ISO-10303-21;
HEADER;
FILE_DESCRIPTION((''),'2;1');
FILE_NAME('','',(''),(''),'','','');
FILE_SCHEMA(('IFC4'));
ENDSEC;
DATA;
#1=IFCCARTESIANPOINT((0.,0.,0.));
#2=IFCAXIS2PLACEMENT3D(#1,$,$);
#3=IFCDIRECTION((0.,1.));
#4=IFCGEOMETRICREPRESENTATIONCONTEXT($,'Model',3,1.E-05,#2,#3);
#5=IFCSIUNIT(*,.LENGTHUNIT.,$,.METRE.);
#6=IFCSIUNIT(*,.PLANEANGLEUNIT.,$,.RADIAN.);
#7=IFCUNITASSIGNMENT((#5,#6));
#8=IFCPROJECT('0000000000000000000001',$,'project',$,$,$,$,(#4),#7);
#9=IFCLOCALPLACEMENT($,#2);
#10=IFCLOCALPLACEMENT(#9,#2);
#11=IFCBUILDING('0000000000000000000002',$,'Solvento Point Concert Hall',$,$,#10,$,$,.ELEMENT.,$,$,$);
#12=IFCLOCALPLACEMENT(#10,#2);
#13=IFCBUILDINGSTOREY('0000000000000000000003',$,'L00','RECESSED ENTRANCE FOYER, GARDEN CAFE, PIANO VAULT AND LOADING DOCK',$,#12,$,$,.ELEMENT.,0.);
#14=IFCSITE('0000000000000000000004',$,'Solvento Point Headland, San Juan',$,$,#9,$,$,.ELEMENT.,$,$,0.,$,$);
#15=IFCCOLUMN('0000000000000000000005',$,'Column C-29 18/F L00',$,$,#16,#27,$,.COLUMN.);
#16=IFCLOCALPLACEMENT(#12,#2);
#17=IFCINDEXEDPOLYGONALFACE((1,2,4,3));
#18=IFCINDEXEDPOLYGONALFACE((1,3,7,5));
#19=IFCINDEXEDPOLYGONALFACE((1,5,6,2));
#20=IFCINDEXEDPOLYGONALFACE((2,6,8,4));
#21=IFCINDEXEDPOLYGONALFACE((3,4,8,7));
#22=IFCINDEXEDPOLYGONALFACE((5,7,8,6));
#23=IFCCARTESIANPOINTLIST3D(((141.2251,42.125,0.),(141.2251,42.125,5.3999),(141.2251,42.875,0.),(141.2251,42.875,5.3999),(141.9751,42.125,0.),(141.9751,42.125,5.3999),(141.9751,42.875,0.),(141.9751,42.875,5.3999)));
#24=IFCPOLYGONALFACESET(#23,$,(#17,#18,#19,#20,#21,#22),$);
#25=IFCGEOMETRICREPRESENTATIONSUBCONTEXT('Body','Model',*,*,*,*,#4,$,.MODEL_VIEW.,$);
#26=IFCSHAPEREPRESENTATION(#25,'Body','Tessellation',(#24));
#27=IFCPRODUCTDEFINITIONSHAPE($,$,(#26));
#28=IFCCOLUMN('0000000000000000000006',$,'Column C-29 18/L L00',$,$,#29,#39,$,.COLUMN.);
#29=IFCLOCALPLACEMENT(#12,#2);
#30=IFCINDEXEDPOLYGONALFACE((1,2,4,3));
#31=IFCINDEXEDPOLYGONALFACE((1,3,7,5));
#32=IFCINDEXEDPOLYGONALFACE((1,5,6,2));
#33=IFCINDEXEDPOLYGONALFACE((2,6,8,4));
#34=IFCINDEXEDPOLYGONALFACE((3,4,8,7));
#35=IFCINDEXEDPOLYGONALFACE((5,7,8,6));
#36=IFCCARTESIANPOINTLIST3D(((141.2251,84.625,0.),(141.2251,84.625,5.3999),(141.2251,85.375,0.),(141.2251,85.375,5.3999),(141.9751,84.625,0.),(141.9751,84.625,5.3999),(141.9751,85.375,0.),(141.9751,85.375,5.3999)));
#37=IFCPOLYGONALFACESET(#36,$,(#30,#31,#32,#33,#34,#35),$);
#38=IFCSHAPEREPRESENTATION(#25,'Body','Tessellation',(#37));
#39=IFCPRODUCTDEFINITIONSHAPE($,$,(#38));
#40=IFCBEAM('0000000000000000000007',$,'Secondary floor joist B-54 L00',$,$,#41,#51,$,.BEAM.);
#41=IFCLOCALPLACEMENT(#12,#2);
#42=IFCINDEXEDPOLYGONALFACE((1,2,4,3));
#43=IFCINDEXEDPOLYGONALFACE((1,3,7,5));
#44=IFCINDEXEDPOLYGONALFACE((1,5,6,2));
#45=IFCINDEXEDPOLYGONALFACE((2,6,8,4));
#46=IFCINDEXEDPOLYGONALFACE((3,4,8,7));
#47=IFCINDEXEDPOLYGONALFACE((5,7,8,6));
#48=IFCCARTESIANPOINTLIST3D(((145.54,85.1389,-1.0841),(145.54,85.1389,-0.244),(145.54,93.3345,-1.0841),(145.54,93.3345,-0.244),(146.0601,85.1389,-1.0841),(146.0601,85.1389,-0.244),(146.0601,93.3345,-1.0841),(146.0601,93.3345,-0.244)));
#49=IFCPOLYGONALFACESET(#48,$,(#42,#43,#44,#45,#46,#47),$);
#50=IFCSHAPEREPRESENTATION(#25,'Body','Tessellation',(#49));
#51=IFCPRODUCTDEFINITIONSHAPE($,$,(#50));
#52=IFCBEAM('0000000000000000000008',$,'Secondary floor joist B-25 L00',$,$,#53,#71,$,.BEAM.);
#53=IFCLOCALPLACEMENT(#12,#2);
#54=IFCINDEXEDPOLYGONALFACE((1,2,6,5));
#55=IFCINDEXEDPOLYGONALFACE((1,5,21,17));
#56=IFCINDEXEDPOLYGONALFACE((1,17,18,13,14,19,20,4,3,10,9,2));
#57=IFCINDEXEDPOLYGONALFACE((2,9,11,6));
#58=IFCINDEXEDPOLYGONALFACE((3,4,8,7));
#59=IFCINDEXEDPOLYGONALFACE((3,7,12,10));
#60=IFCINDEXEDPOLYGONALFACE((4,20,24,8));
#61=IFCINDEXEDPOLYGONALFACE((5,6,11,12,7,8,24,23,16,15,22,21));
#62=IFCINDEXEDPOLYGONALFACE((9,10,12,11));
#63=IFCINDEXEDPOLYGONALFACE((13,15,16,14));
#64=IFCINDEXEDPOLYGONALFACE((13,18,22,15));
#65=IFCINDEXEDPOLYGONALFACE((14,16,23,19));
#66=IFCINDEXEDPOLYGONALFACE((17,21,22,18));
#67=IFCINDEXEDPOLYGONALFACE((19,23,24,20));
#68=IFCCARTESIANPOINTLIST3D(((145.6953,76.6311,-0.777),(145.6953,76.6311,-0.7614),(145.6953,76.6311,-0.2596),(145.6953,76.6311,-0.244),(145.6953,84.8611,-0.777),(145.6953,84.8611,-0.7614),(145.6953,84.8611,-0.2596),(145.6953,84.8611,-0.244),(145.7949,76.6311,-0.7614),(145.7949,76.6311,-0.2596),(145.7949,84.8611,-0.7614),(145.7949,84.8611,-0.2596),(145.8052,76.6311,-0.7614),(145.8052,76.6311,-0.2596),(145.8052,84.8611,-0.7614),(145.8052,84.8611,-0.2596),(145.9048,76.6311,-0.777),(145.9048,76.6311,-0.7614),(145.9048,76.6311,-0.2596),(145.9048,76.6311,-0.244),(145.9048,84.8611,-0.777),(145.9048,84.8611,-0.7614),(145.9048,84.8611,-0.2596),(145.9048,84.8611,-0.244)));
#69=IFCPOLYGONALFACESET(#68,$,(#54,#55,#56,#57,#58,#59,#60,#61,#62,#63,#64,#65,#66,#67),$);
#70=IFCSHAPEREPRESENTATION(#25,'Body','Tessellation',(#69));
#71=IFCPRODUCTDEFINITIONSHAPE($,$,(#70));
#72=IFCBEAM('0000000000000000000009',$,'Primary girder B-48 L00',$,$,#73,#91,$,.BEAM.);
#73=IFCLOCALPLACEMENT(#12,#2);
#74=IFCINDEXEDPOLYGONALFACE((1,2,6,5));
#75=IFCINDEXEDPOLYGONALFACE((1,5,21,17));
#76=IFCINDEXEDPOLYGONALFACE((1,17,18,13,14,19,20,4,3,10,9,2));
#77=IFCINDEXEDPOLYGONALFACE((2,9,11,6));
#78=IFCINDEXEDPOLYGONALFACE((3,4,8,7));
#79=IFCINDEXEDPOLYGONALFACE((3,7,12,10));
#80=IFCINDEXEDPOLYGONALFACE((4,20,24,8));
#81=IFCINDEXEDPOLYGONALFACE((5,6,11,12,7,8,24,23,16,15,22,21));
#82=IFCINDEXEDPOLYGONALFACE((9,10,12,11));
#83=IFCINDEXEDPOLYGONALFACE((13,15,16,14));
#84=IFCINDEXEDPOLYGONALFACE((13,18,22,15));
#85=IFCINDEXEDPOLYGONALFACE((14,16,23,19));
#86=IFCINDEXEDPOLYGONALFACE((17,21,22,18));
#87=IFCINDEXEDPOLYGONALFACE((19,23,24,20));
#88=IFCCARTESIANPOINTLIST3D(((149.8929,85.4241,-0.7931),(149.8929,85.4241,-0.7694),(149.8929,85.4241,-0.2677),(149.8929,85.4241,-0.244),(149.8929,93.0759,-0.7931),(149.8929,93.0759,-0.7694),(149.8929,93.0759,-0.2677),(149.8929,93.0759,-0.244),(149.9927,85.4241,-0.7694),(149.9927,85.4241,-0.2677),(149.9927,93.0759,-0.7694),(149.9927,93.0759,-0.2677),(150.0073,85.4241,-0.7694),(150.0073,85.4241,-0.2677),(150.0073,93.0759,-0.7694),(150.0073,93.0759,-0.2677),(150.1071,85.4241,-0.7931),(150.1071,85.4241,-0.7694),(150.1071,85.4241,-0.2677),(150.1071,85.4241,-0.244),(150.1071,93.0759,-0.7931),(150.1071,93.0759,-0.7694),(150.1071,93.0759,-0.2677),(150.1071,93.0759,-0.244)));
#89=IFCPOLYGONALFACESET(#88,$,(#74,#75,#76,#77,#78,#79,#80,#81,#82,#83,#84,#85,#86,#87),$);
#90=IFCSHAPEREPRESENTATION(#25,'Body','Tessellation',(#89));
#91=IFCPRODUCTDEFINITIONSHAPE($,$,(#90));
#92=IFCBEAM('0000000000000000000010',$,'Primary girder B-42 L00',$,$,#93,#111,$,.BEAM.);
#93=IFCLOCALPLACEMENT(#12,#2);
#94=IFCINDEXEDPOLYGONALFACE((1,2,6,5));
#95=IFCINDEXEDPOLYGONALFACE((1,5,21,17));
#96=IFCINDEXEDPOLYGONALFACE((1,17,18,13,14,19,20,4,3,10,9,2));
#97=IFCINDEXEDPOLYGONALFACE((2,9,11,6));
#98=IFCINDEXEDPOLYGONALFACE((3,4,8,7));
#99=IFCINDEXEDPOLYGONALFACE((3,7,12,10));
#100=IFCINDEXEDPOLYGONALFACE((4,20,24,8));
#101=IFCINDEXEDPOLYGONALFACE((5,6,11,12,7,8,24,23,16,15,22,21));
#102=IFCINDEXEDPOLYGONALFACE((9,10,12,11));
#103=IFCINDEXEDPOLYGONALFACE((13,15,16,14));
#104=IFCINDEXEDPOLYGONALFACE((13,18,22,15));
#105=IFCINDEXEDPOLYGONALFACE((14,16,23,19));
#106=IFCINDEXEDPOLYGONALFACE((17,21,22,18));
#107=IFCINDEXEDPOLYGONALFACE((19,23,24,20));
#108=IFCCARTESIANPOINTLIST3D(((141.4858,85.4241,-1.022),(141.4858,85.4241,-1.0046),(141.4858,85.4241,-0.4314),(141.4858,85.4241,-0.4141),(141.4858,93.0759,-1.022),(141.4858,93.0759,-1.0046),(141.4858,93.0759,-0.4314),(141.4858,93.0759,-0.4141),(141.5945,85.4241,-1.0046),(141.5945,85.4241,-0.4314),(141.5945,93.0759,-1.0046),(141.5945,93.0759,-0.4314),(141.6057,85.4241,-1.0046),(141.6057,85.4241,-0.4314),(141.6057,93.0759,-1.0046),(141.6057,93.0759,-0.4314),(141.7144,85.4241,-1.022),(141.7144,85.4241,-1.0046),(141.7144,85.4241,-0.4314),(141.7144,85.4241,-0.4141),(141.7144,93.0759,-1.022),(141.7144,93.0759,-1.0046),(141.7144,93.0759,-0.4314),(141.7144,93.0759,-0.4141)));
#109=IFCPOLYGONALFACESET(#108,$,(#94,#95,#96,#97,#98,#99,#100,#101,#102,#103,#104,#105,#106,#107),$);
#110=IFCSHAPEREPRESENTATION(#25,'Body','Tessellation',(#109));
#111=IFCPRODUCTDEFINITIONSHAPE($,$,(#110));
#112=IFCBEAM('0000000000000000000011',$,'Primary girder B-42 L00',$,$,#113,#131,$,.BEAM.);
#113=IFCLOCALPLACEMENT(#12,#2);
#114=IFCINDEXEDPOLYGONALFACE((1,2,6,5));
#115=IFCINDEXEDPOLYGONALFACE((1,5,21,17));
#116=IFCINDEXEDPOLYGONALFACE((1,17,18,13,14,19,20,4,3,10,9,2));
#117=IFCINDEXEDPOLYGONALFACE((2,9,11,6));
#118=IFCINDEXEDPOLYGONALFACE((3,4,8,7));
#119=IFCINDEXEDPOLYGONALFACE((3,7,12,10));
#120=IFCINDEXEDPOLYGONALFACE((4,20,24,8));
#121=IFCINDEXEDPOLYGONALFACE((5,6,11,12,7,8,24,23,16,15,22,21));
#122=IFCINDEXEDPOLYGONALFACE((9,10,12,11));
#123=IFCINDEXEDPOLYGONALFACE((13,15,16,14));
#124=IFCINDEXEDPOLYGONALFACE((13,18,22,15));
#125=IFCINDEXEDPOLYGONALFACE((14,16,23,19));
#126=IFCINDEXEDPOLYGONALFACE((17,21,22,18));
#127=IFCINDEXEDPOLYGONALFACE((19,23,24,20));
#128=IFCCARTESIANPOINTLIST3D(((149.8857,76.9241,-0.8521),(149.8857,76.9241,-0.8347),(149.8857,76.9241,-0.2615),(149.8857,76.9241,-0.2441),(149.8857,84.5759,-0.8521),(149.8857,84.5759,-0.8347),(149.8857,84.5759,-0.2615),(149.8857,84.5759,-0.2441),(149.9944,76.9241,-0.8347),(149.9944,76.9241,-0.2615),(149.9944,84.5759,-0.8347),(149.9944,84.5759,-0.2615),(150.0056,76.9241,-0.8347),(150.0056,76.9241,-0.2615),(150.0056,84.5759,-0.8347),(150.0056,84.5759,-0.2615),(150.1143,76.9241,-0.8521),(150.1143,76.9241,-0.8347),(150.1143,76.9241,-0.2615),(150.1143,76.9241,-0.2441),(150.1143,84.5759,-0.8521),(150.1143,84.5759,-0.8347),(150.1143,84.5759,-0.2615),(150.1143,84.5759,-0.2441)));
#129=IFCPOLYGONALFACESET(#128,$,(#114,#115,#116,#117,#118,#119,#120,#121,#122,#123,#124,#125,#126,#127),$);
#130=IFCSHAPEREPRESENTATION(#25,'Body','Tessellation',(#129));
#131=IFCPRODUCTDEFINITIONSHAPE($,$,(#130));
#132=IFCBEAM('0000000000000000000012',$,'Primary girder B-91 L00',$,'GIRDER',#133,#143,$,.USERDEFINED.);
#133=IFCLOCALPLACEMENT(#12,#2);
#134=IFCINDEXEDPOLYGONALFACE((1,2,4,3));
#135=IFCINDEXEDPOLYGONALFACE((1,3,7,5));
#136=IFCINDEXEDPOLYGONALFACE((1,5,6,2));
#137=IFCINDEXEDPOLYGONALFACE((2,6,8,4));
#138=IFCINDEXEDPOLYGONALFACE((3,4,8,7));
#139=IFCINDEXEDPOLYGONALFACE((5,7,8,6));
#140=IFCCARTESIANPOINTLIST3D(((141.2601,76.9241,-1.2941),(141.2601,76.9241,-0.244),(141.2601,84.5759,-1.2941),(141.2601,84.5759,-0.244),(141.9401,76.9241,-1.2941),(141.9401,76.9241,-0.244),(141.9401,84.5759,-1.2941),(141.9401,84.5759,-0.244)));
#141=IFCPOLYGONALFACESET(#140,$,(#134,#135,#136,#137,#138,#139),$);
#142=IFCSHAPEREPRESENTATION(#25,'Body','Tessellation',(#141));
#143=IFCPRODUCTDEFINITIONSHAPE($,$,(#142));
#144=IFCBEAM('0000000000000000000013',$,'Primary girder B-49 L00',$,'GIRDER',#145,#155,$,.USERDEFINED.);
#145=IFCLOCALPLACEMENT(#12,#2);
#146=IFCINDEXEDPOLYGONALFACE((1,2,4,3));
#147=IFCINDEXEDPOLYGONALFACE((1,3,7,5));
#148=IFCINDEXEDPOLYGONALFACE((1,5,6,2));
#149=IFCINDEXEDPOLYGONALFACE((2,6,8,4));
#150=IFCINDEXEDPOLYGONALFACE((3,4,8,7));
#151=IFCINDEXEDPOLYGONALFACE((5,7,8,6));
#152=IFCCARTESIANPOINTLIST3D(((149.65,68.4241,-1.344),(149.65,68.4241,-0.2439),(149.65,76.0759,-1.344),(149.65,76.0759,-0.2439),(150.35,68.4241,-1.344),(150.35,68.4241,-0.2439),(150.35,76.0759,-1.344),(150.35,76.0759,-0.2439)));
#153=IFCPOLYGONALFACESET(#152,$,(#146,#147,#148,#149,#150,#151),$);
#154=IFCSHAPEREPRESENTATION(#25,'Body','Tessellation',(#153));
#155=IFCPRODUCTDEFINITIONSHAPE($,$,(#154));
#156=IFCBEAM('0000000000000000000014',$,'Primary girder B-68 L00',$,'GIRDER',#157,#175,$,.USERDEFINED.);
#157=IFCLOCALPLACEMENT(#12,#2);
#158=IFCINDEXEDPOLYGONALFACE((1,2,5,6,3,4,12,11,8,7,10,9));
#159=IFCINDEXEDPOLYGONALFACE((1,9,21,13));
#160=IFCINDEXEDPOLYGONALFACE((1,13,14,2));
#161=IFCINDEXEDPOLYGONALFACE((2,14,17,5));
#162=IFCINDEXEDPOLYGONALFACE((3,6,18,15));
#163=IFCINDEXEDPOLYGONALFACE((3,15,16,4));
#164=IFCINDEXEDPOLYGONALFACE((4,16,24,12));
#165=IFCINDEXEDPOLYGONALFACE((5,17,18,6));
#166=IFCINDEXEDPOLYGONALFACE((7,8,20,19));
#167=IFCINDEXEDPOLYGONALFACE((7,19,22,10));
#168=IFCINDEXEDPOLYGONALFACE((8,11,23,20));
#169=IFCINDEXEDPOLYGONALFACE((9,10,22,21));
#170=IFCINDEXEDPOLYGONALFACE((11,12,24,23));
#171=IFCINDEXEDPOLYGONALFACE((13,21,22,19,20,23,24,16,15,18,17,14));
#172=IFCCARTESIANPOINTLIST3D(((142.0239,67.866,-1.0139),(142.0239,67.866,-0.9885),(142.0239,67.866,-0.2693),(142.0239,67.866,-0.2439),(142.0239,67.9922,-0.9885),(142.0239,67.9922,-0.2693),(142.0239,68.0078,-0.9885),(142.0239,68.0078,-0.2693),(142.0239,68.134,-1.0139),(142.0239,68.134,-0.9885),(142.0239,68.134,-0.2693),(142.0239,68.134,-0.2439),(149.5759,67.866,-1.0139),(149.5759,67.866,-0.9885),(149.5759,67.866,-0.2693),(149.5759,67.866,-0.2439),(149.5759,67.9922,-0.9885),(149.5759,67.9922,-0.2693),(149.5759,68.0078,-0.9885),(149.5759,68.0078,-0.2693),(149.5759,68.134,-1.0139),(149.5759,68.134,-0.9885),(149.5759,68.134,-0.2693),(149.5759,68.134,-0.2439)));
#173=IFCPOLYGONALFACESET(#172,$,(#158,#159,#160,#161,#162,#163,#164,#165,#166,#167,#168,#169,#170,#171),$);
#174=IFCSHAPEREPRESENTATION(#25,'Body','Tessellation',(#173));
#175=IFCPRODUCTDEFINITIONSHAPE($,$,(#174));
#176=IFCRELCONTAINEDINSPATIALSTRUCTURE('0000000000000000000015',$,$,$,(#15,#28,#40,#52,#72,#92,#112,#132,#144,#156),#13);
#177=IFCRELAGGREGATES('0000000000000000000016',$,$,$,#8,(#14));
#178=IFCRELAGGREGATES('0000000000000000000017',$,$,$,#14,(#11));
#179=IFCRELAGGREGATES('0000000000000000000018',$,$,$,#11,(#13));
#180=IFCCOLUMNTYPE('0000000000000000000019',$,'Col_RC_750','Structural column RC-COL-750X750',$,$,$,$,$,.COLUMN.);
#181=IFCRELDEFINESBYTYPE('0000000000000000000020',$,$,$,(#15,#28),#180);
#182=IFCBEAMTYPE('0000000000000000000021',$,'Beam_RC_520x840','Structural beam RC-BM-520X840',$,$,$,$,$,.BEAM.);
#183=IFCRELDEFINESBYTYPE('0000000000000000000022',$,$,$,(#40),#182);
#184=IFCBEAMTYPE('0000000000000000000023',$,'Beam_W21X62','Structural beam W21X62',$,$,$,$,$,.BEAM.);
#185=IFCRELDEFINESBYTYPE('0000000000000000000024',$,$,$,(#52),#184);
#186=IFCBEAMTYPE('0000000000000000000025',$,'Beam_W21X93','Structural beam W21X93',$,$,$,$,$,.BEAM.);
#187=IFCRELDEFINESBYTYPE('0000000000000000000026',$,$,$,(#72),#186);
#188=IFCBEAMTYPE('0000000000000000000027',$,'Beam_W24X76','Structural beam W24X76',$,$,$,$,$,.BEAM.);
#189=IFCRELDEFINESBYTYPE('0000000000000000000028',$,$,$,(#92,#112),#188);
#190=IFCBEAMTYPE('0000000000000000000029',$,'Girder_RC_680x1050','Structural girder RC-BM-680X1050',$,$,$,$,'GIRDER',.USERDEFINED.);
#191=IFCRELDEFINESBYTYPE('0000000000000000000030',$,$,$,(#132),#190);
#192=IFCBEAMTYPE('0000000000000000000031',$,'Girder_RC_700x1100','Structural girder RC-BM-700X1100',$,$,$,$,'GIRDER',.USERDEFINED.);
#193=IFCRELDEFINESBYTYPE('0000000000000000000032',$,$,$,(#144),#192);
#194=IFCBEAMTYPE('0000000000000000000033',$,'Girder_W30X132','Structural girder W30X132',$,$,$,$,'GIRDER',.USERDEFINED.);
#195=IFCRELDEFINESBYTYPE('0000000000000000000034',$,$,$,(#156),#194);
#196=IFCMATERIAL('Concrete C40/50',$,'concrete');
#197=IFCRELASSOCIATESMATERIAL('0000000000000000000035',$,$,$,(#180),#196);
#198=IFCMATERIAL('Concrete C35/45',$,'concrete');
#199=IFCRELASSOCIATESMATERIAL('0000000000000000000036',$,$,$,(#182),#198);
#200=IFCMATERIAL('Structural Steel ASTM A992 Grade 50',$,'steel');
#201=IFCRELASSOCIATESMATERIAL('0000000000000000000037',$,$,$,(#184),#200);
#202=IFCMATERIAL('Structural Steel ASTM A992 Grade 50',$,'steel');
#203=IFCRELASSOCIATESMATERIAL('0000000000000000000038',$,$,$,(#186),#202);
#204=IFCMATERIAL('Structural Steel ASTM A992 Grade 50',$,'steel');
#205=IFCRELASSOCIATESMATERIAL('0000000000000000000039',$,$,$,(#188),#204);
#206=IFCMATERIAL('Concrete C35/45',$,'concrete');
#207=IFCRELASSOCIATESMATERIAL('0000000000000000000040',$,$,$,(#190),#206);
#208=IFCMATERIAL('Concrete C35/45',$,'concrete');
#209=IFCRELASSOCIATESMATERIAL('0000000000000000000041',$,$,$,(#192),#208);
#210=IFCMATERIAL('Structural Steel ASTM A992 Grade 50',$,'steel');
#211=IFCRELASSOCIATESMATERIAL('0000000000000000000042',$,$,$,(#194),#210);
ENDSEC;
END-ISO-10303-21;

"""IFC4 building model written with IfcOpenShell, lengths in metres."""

from ifc_helpers import new_model, si_unit, direction, frame, origin, origin_2d, place, context, subcontext, project, spatial, rectangle, i_section, extrude, material, material_profile, profile_set, type_object, element, save


model = new_model("IFC4")

# Units and contexts
model_context = context("Model", 3, precision=1e-05, world=origin(), true_north=direction((0.0, 1.0)))
body_context = subcontext(model_context, "Body", "Model", "MODEL_VIEW")
ifc_project = project(units=[si_unit("LENGTHUNIT", "METRE"), si_unit("PLANEANGLEUNIT", "RADIAN")], contexts=[model_context])

# Site, building, storey
site_placement = place(None, origin())
site = spatial("IfcSite", under=ifc_project, at=site_placement, Name="Solvento Point Headland, San Juan", CompositionType="ELEMENT", RefElevation=0.0)
building_placement = place(site_placement, origin())
building = spatial("IfcBuilding", under=site, at=building_placement, Name="Solvento Point Concert Hall", CompositionType="ELEMENT")
storey_placement = place(building_placement, origin())
storey = spatial("IfcBuildingStorey", under=building, at=storey_placement, Name="L00", Description="RECESSED ENTRANCE FOYER, GARDEN CAFE, PIANO VAULT AND LOADING DOCK", CompositionType="ELEMENT", Elevation=0.0)

# Columns
ifc_material_1 = material(Name="Concrete C40/50", Category="concrete")
ifc_material_profile_1 = material_profile(ifc_material_1, rectangle(XDim=0.75, YDim=0.75, at=origin_2d()), Name="RC-COL-750X750")
ifc_profile_set_1 = profile_set([ifc_material_profile_1], Name="Concrete C40/50")
column_type = type_object("IfcColumnType", Name="Col_RC_750", Description="Structural column RC-COL-750X750", PredefinedType="COLUMN", material=ifc_profile_set_1)
for number, where, z_axis, x_axis, name in (
    (1, (141.6001, 42.5, 0.0), (0.0, 0.0, 1.0), (1.0, 0.0, 0.0), "Column C-29 18/F L00"),
    (2, (141.6001, 85.0, 0.0), (0.0, 0.0, 1.0), (1.0, 0.0, 0.0), "Column C-29 18/L L00"),
):
    element("IfcColumn", number, at=place(storey_placement, frame(where, z_axis=z_axis, x_axis=x_axis)), inside=storey, type_object=column_type, Name=name, PredefinedType="COLUMN", context=body_context, shape_type="SweptSolid", body=[
        extrude(rectangle(XDim=0.75, YDim=0.75, at=origin_2d()), origin(), (0.0, 0.0, 1.0), 5.3999),
    ])

# Beams
ifc_material_2 = material(Name="Concrete C35/45", Category="concrete")
ifc_material_profile_2 = material_profile(ifc_material_2, rectangle(XDim=0.52, YDim=0.8401, at=origin_2d()), Name="RC-BM-520X840")
ifc_profile_set_2 = profile_set([ifc_material_profile_2], Name="Concrete C35/45")
beam_type_1 = type_object("IfcBeamType", Name="Beam_RC_520x840", Description="Structural beam RC-BM-520X840", PredefinedType="BEAM", material=ifc_profile_set_2)
beam_1_placement = place(storey_placement, frame((145.8, 85.1389, -0.6641), z_axis=(0.0, 1.0, 0.0), x_axis=(-1.0, 0.0, 0.0)))
element("IfcBeam", 3, at=beam_1_placement, inside=storey, type_object=beam_type_1, Name="Secondary floor joist B-54 L00", PredefinedType="BEAM", context=body_context, shape_type="SweptSolid", body=[
    extrude(rectangle(XDim=0.52, YDim=0.8401, at=origin_2d()), origin(), (0.0, 0.0, 1.0), 8.1956),
])
ifc_material_3 = material(Name="Structural Steel ASTM A992 Grade 50", Category="steel")
ifc_material_profile_3 = material_profile(ifc_material_3, i_section(OverallWidth=0.2095, OverallDepth=0.533, WebThickness=0.0103, FlangeThickness=0.0156, at=origin_2d()), Name="W21X62")
ifc_profile_set_3 = profile_set([ifc_material_profile_3], Name="Structural Steel ASTM A992 Grade 50")
beam_type_2 = type_object("IfcBeamType", Name="Beam_W21X62", Description="Structural beam W21X62", PredefinedType="BEAM", material=ifc_profile_set_3)
beam_2_placement = place(storey_placement, frame((145.8, 76.6311, -0.5105), z_axis=(0.0, 1.0, 0.0), x_axis=(-1.0, 0.0, 0.0)))
element("IfcBeam", 4, at=beam_2_placement, inside=storey, type_object=beam_type_2, Name="Secondary floor joist B-25 L00", PredefinedType="BEAM", context=body_context, shape_type="SweptSolid", body=[
    extrude(i_section(OverallWidth=0.2095, OverallDepth=0.533, WebThickness=0.0103, FlangeThickness=0.0156, at=origin_2d()), origin(), (0.0, 0.0, 1.0), 8.23),
])
ifc_material_4 = material(Name="Structural Steel ASTM A992 Grade 50", Category="steel")
ifc_material_profile_4 = material_profile(ifc_material_4, i_section(OverallWidth=0.2141, OverallDepth=0.5491, WebThickness=0.0146, FlangeThickness=0.0237, at=origin_2d()), Name="W21X93")
ifc_profile_set_4 = profile_set([ifc_material_profile_4], Name="Structural Steel ASTM A992 Grade 50")
beam_type_3 = type_object("IfcBeamType", Name="Beam_W21X93", Description="Structural beam W21X93", PredefinedType="BEAM", material=ifc_profile_set_4)
beam_3_placement = place(storey_placement, frame((150.0, 85.4241, -0.5186), z_axis=(0.0, 1.0, 0.0), x_axis=(-1.0, 0.0, 0.0)))
element("IfcBeam", 5, at=beam_3_placement, inside=storey, type_object=beam_type_3, Name="Primary girder B-48 L00", PredefinedType="BEAM", context=body_context, shape_type="SweptSolid", body=[
    extrude(i_section(OverallWidth=0.2141, OverallDepth=0.5491, WebThickness=0.0146, FlangeThickness=0.0237, at=origin_2d()), origin(), (0.0, 0.0, 1.0), 7.6519),
])
ifc_material_5 = material(Name="Structural Steel ASTM A992 Grade 50", Category="steel")
ifc_material_profile_5 = material_profile(ifc_material_5, i_section(OverallWidth=0.2285, OverallDepth=0.6079, WebThickness=0.0112, FlangeThickness=0.0173, at=origin_2d()), Name="W24X76")
ifc_profile_set_5 = profile_set([ifc_material_profile_5], Name="Structural Steel ASTM A992 Grade 50")
beam_type_4 = type_object("IfcBeamType", Name="Beam_W24X76", Description="Structural beam W24X76", PredefinedType="BEAM", material=ifc_profile_set_5)
for number, where, z_axis, x_axis, name in (
    (6, (141.6001, 85.4241, -0.718), (0.0, 1.0, 0.0), (-1.0, 0.0, 0.0), "Primary girder B-42 L00"),
    (7, (150.0, 76.9241, -0.5481), (0.0, 1.0, 0.0), (-1.0, 0.0, 0.0), "Primary girder B-42 L00"),
):
    element("IfcBeam", number, at=place(storey_placement, frame(where, z_axis=z_axis, x_axis=x_axis)), inside=storey, type_object=beam_type_4, Name=name, PredefinedType="BEAM", context=body_context, shape_type="SweptSolid", body=[
        extrude(i_section(OverallWidth=0.2285, OverallDepth=0.6079, WebThickness=0.0112, FlangeThickness=0.0173, at=origin_2d()), origin(), (0.0, 0.0, 1.0), 7.6519),
    ])
ifc_material_6 = material(Name="Concrete C35/45", Category="concrete")
ifc_material_profile_6 = material_profile(ifc_material_6, rectangle(XDim=0.6799, YDim=1.05, at=origin_2d()), Name="RC-BM-680X1050")
ifc_profile_set_6 = profile_set([ifc_material_profile_6], Name="Concrete C35/45")
beam_type_5 = type_object("IfcBeamType", Name="Girder_RC_680x1050", Description="Structural girder RC-BM-680X1050", ElementType="GIRDER", PredefinedType="USERDEFINED", material=ifc_profile_set_6)
beam_4_placement = place(storey_placement, frame((141.6001, 76.9241, -0.769), z_axis=(0.0, 1.0, 0.0), x_axis=(-1.0, 0.0, 0.0)))
element("IfcBeam", 8, at=beam_4_placement, inside=storey, type_object=beam_type_5, Name="Primary girder B-91 L00", ObjectType="GIRDER", PredefinedType="USERDEFINED", context=body_context, shape_type="SweptSolid", body=[
    extrude(rectangle(XDim=0.6799, YDim=1.05, at=origin_2d()), origin(), (0.0, 0.0, 1.0), 7.6519),
])
ifc_material_7 = material(Name="Concrete C35/45", Category="concrete")
ifc_material_profile_7 = material_profile(ifc_material_7, rectangle(XDim=0.7, YDim=1.1001, at=origin_2d()), Name="RC-BM-700X1100")
ifc_profile_set_7 = profile_set([ifc_material_profile_7], Name="Concrete C35/45")
beam_type_6 = type_object("IfcBeamType", Name="Girder_RC_700x1100", Description="Structural girder RC-BM-700X1100", ElementType="GIRDER", PredefinedType="USERDEFINED", material=ifc_profile_set_7)
beam_5_placement = place(storey_placement, frame((150.0, 68.4241, -0.7939), z_axis=(0.0, 1.0, 0.0), x_axis=(-1.0, 0.0, 0.0)))
element("IfcBeam", 9, at=beam_5_placement, inside=storey, type_object=beam_type_6, Name="Primary girder B-49 L00", ObjectType="GIRDER", PredefinedType="USERDEFINED", context=body_context, shape_type="SweptSolid", body=[
    extrude(rectangle(XDim=0.7, YDim=1.1001, at=origin_2d()), origin(), (0.0, 0.0, 1.0), 7.6519),
])
ifc_material_8 = material(Name="Structural Steel ASTM A992 Grade 50", Category="steel")
ifc_material_profile_8 = material_profile(ifc_material_8, i_section(OverallWidth=0.2681, OverallDepth=0.77, WebThickness=0.0156, FlangeThickness=0.0254, at=origin_2d()), Name="W30X132")
ifc_profile_set_8 = profile_set([ifc_material_profile_8], Name="Structural Steel ASTM A992 Grade 50")
beam_type_7 = type_object("IfcBeamType", Name="Girder_W30X132", Description="Structural girder W30X132", ElementType="GIRDER", PredefinedType="USERDEFINED", material=ifc_profile_set_8)
beam_6_placement = place(storey_placement, frame((142.0239, 68.0, -0.6289), z_axis=(1.0, 0.0, 0.0), x_axis=(0.0, 1.0, 0.0)))
element("IfcBeam", 10, at=beam_6_placement, inside=storey, type_object=beam_type_7, Name="Primary girder B-68 L00", ObjectType="GIRDER", PredefinedType="USERDEFINED", context=body_context, shape_type="SweptSolid", body=[
    extrude(i_section(OverallWidth=0.2681, OverallDepth=0.77, WebThickness=0.0156, FlangeThickness=0.0254, at=origin_2d()), origin(), (0.0, 0.0, 1.0), 7.552),
])

save(model, "model.ifc")
